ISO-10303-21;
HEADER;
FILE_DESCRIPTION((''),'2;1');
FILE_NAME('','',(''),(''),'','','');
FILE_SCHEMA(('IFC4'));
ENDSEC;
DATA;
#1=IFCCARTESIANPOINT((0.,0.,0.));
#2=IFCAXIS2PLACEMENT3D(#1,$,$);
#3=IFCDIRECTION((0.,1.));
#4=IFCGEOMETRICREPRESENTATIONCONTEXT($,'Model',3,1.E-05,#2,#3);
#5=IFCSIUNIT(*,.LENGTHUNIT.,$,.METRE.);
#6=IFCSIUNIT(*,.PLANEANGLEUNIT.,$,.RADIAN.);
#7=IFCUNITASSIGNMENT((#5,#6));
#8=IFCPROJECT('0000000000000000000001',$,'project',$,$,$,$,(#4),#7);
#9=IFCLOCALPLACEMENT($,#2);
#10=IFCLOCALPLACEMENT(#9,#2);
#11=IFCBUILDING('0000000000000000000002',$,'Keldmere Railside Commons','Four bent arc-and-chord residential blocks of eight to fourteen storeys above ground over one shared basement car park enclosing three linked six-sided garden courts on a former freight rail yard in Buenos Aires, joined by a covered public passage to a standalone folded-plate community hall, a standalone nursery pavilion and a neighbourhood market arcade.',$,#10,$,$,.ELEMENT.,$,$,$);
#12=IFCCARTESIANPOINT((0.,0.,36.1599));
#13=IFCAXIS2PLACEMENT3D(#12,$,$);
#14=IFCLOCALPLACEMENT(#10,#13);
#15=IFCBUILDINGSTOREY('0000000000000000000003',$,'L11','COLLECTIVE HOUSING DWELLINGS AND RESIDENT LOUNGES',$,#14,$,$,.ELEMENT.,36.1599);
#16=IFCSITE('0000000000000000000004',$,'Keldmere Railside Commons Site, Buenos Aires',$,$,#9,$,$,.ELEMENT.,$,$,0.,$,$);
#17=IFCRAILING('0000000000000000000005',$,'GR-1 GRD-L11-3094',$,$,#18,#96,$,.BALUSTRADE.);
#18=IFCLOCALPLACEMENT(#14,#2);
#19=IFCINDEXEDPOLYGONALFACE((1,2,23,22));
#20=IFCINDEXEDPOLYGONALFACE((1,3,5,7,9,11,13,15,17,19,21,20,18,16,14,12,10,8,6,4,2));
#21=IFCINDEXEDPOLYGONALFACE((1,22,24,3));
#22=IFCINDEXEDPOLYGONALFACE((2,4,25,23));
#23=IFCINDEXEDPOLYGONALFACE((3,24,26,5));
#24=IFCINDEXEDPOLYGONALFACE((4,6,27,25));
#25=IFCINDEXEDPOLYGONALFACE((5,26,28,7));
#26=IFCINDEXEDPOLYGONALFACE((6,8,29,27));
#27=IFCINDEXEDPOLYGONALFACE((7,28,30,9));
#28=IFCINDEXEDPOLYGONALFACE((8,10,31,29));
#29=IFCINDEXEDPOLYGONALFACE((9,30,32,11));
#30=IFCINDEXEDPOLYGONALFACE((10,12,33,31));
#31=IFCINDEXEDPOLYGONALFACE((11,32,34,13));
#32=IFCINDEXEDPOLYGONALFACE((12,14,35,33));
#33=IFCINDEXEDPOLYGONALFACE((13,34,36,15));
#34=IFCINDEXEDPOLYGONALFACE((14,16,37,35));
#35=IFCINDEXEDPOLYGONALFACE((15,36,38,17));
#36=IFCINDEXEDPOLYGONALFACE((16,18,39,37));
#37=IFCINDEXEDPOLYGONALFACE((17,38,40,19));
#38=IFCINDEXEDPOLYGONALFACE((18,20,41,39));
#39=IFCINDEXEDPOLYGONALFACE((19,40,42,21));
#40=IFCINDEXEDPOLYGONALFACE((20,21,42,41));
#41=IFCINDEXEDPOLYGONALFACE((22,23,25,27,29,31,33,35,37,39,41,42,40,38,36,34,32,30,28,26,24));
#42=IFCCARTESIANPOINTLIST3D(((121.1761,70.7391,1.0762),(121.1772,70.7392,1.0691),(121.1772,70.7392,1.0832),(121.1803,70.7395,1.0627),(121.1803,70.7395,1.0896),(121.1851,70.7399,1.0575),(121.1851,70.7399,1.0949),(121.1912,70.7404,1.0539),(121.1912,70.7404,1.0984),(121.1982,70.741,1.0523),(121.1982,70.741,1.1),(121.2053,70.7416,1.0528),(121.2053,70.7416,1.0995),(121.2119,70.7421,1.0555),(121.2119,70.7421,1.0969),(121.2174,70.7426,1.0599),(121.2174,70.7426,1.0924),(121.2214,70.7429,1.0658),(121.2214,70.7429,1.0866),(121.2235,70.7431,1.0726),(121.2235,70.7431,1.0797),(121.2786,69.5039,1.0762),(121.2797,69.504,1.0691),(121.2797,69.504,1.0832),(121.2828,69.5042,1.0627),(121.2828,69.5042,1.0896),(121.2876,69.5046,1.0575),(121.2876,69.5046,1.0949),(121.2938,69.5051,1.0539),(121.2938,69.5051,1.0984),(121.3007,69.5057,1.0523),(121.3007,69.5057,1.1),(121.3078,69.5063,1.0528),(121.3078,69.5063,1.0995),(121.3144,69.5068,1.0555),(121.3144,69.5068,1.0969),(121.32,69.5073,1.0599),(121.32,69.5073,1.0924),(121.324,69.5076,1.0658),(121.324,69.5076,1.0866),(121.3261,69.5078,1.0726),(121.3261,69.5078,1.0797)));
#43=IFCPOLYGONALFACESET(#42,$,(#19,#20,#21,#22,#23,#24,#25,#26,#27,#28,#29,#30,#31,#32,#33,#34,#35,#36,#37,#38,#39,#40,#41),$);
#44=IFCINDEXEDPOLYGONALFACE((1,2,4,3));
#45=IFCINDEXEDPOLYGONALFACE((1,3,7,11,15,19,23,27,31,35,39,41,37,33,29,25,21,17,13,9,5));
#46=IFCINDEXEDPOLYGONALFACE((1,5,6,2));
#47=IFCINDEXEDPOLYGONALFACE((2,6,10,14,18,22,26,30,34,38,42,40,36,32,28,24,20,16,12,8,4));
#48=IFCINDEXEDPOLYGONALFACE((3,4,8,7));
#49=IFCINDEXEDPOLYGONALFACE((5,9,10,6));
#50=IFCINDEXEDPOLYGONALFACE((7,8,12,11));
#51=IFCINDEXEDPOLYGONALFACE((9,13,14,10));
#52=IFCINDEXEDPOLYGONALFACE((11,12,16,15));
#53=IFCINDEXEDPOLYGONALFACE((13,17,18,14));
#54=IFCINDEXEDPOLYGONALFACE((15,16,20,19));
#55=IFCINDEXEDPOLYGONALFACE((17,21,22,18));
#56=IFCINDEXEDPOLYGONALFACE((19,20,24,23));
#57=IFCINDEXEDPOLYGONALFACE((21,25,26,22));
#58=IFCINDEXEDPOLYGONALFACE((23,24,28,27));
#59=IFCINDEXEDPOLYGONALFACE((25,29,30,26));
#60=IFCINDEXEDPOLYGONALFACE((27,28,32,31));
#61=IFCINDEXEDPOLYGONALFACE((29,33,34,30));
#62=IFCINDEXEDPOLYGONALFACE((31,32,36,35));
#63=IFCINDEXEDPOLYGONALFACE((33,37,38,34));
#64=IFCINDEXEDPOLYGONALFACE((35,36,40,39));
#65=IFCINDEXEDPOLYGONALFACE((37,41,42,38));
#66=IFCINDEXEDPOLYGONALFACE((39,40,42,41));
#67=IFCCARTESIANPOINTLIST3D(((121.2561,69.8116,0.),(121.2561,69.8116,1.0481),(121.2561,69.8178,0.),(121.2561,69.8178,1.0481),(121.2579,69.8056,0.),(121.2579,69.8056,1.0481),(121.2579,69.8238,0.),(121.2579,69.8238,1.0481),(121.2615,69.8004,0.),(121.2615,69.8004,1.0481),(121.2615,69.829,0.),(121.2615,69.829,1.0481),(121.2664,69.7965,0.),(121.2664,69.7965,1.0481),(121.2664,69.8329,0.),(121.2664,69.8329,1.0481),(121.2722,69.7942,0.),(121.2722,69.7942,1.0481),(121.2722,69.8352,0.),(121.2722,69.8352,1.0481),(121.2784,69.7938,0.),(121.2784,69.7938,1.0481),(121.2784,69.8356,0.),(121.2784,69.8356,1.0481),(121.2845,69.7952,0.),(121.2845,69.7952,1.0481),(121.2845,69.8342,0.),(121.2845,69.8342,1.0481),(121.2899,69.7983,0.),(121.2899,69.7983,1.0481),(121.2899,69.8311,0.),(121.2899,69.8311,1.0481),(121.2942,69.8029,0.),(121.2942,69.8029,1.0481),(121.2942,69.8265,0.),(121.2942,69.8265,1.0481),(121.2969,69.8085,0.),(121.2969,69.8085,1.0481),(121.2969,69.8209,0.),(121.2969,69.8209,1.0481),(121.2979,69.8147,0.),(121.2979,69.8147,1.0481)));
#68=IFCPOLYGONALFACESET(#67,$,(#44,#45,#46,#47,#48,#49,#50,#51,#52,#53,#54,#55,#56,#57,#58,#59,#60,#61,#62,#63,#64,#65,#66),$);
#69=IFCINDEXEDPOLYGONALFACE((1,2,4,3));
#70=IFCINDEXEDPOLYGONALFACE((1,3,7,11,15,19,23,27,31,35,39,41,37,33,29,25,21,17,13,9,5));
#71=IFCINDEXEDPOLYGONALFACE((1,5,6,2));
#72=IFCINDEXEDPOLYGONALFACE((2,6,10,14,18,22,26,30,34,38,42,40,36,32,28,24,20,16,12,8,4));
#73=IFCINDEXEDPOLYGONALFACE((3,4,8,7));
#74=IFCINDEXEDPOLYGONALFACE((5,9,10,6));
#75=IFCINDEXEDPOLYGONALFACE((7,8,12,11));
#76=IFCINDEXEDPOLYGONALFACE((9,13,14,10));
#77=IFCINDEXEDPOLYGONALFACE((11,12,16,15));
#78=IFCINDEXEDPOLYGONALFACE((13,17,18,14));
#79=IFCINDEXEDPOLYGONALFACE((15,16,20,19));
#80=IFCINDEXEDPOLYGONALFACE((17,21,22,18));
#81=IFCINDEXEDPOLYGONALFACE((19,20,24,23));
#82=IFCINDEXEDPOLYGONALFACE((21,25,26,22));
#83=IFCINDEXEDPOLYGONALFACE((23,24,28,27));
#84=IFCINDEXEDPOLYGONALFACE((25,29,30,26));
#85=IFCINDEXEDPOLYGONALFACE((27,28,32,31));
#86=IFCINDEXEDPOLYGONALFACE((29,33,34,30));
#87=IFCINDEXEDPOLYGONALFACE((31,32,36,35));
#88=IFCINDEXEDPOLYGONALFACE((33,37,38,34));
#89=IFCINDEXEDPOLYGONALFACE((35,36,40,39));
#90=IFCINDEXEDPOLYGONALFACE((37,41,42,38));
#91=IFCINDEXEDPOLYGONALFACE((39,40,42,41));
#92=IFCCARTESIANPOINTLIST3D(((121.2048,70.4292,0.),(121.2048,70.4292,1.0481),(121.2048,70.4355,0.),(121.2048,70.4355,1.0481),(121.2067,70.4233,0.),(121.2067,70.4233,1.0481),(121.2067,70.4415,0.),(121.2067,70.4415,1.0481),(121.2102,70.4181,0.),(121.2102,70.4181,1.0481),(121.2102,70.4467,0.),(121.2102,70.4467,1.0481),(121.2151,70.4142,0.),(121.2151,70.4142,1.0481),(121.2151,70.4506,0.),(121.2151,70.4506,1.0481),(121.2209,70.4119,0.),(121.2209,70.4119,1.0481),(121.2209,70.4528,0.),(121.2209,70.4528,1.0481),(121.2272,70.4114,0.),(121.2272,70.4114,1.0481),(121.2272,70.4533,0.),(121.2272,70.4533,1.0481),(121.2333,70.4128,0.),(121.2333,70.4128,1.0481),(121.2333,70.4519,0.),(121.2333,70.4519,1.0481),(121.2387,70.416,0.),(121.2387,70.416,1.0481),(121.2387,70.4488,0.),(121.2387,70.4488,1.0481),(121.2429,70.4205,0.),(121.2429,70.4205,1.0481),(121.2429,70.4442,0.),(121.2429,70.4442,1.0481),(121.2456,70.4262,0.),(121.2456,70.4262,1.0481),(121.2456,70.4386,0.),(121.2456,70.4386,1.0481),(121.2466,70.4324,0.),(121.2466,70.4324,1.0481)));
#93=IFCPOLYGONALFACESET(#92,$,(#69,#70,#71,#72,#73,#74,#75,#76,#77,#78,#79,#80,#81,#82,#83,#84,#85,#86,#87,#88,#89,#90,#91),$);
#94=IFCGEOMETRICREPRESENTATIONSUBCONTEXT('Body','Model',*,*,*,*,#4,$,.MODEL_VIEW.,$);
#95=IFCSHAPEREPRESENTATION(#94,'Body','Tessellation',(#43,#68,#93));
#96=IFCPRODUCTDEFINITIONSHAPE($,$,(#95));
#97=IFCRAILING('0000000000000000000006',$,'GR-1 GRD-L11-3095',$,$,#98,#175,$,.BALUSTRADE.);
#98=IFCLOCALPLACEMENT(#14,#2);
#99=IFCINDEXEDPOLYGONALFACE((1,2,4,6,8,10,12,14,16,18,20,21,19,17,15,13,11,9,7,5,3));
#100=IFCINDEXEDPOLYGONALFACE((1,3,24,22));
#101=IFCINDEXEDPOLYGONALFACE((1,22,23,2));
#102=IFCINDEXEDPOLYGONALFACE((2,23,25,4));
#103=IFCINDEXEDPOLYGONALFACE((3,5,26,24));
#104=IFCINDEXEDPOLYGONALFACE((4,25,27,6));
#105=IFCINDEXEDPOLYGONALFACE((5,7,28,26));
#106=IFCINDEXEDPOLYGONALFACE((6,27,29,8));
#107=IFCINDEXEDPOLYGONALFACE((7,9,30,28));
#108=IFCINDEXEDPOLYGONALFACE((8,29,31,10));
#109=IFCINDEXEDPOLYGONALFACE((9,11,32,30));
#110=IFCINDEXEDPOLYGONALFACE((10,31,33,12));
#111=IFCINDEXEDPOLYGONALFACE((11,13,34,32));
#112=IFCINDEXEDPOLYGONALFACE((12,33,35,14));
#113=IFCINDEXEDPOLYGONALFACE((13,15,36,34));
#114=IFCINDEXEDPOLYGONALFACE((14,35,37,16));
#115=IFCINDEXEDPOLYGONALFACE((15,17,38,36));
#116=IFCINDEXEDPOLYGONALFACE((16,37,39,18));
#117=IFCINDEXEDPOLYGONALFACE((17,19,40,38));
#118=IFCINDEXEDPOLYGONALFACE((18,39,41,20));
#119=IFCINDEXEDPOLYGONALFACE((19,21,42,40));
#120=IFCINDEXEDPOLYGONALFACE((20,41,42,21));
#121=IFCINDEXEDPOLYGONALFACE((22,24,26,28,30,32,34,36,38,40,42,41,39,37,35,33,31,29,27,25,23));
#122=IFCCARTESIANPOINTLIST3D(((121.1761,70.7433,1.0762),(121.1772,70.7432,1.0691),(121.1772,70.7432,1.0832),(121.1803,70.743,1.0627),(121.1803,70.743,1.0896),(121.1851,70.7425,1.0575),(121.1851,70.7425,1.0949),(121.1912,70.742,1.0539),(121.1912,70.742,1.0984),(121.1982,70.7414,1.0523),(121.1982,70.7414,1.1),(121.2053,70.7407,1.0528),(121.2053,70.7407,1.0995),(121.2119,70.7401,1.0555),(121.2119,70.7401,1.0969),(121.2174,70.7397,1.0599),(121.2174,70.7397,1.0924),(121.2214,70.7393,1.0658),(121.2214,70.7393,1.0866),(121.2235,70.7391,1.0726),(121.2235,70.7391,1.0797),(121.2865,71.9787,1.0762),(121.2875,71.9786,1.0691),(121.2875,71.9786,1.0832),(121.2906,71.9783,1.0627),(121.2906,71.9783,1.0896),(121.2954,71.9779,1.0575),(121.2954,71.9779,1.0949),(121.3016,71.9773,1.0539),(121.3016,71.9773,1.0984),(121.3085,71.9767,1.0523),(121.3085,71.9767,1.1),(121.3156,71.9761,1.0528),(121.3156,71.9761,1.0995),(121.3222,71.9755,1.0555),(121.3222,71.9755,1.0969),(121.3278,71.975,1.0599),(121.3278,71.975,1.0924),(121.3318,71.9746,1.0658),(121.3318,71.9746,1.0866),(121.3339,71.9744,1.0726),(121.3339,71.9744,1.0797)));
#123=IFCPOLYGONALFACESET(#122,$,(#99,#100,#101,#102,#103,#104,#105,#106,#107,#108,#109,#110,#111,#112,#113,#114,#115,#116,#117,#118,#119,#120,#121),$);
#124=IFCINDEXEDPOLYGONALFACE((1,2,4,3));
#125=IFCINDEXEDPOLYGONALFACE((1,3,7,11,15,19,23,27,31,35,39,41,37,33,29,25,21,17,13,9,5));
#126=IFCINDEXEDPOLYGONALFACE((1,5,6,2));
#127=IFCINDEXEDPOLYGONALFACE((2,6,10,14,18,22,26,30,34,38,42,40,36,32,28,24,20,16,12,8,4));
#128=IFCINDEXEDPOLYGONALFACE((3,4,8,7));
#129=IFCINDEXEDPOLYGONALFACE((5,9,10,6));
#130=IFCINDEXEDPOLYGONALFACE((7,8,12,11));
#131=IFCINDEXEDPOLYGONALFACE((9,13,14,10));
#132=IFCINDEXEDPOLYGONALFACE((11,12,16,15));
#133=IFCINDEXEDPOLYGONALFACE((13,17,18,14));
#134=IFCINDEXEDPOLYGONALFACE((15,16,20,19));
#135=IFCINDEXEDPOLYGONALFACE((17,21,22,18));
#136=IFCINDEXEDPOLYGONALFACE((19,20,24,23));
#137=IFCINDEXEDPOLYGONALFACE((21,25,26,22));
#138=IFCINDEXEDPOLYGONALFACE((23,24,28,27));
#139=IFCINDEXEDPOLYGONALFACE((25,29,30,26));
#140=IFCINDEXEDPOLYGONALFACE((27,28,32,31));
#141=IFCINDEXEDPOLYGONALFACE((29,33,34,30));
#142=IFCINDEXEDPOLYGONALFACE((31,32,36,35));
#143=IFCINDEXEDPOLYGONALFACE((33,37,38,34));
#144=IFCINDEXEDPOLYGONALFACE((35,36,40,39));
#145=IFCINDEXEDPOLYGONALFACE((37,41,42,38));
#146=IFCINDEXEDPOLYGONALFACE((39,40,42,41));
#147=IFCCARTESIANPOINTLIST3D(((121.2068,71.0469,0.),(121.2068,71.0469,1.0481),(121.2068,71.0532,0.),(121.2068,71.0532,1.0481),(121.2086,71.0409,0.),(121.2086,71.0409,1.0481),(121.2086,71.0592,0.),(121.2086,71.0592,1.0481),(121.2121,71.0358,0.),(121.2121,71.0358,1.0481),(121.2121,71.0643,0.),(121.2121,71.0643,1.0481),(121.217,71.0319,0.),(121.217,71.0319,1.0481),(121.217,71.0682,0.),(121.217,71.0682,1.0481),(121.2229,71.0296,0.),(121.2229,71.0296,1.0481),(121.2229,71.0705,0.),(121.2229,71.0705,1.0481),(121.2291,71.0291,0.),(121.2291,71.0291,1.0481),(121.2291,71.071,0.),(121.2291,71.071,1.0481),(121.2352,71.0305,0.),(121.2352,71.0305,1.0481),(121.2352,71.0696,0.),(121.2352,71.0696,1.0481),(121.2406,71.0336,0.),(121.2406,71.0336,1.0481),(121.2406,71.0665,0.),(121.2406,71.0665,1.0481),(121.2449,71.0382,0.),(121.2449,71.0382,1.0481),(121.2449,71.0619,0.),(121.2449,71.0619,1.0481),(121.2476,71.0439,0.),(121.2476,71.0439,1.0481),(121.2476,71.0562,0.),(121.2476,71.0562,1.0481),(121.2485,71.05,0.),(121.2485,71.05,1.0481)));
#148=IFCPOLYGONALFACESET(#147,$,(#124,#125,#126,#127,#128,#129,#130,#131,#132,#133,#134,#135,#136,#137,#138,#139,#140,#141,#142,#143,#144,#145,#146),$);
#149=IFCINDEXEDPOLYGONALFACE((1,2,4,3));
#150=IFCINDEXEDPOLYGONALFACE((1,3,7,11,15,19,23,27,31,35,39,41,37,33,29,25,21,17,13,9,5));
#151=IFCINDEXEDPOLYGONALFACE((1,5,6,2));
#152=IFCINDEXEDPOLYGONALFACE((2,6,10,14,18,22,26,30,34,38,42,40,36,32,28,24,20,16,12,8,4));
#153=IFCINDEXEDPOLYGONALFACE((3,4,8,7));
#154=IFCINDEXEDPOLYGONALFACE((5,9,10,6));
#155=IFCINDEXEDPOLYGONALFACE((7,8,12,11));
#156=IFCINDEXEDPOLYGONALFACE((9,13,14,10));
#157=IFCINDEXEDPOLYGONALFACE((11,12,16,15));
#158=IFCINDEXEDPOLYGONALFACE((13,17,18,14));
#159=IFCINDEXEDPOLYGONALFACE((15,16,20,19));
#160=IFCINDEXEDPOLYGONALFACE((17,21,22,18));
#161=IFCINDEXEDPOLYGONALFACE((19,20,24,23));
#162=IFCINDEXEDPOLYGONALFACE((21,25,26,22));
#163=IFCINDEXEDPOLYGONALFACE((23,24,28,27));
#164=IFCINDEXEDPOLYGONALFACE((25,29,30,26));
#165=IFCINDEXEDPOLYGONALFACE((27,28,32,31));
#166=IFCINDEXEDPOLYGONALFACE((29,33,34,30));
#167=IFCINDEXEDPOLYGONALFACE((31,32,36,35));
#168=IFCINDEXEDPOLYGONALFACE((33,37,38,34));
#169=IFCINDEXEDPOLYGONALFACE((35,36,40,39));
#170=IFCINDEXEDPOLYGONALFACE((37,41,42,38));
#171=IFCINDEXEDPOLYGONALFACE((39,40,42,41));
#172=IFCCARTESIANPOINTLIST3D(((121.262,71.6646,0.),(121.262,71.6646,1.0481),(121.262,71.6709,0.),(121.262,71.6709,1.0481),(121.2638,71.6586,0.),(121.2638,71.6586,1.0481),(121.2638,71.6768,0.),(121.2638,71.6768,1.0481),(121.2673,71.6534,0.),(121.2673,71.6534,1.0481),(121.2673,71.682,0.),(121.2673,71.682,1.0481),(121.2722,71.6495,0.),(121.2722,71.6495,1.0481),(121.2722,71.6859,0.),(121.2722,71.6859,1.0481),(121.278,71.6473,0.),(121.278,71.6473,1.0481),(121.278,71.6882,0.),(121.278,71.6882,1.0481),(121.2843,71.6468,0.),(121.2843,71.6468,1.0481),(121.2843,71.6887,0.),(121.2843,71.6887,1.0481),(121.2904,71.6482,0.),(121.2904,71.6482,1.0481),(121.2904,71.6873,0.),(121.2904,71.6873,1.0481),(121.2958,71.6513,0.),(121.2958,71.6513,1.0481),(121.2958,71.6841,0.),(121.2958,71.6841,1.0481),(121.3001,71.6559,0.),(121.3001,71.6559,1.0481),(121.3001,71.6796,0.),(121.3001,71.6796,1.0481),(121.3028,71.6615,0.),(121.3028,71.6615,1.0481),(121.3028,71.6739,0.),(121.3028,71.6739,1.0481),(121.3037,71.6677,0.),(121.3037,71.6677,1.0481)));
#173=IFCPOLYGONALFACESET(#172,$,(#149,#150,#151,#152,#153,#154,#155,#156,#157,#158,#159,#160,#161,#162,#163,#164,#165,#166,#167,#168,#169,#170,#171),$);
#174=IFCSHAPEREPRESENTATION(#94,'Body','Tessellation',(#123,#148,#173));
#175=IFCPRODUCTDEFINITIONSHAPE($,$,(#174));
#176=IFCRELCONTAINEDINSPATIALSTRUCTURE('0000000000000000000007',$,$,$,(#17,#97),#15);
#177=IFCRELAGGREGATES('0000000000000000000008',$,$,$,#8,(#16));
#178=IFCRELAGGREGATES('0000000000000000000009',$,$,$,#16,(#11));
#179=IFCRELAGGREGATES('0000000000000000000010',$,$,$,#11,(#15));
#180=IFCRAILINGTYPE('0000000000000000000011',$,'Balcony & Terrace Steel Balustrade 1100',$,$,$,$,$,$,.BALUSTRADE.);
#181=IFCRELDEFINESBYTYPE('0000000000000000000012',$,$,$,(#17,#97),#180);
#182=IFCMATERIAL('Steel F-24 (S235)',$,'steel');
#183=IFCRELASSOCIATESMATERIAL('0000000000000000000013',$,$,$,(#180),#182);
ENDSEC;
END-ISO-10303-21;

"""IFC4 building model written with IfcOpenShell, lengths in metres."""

from ifc_helpers import new_model, si_unit, direction, frame, origin, origin_2d, place, context, subcontext, project, spatial, circle, extrude, material, type_object, element, save


model = new_model("IFC4")

# Units and contexts
model_context = context("Model", 3, precision=1e-05, world=origin(), true_north=direction((0.0, 1.0)))
body_context = subcontext(model_context, "Body", "Model", "MODEL_VIEW")
ifc_project = project(units=[si_unit("LENGTHUNIT", "METRE"), si_unit("PLANEANGLEUNIT", "RADIAN")], contexts=[model_context])

# Site, building, storey
site_placement = place(None, origin())
site = spatial("IfcSite", under=ifc_project, at=site_placement, Name="Keldmere Railside Commons Site, Buenos Aires", CompositionType="ELEMENT", RefElevation=0.0)
building_placement = place(site_placement, origin())
building = spatial("IfcBuilding", under=site, at=building_placement, Name="Keldmere Railside Commons", Description="Four bent arc-and-chord residential blocks of eight to fourteen storeys above ground over one shared basement car park enclosing three linked six-sided garden courts on a former freight rail yard in Buenos Aires, joined by a covered public passage to a standalone folded-plate community hall, a standalone nursery pavilion and a neighbourhood market arcade.", CompositionType="ELEMENT")
storey_placement = place(building_placement, frame((0.0, 0.0, 36.1599)))
storey = spatial("IfcBuildingStorey", under=building, at=storey_placement, Name="L11", Description="COLLECTIVE HOUSING DWELLINGS AND RESIDENT LOUNGES", CompositionType="ELEMENT", Elevation=36.1599)

# Railings
ifc_material_1 = material(Name="Steel F-24 (S235)", Category="steel")
railing_type = type_object("IfcRailingType", Name="Balcony & Terrace Steel Balustrade 1100", PredefinedType="BALUSTRADE", material=ifc_material_1)
railing_1_placement = place(storey_placement, frame((121.3025, 69.5059, 0.0)))
element("IfcRailing", 1, at=railing_1_placement, inside=storey, type_object=railing_type, Name="GR-1 GRD-L11-3094", PredefinedType="BALUSTRADE", context=body_context, shape_type="SweptSolid", body=[
    extrude(circle(Radius=0.0239, at=origin_2d()), frame((0.0, 0.0, 1.0762), z_axis=(-0.082719, 0.996573, 0.0), x_axis=(-0.996573, -0.082719, 0.0)), (0.0, 0.0, 1.0), 1.2395),
    extrude(circle(Radius=0.021, at=origin_2d()), frame((-0.0256, 0.3088, 0.0)), (0.0, 0.0, 1.0), 1.0481),
    extrude(circle(Radius=0.021, at=origin_2d()), frame((-0.0769, 0.9265, 0.0)), (0.0, 0.0, 1.0), 1.0481),
])
railing_2_placement = place(storey_placement, frame((121.2, 70.7412, 0.0)))
element("IfcRailing", 2, at=railing_2_placement, inside=storey, type_object=railing_type, Name="GR-1 GRD-L11-3095", PredefinedType="BALUSTRADE", context=body_context, shape_type="SweptSolid", body=[
    extrude(circle(Radius=0.0239, at=origin_2d()), frame((0.0, 0.0, 1.0762), z_axis=(0.088974, 0.996034, 0.0), x_axis=(-0.996034, 0.088974, 0.0)), (0.0, 0.0, 1.0), 1.2402),
    extrude(circle(Radius=0.021, at=origin_2d()), frame((0.0276, 0.3088, 0.0)), (0.0, 0.0, 1.0), 1.0481),
    extrude(circle(Radius=0.021, at=origin_2d()), frame((0.0828, 0.9265, 0.0)), (0.0, 0.0, 1.0), 1.0481),
])

save(model, "model.ifc")
